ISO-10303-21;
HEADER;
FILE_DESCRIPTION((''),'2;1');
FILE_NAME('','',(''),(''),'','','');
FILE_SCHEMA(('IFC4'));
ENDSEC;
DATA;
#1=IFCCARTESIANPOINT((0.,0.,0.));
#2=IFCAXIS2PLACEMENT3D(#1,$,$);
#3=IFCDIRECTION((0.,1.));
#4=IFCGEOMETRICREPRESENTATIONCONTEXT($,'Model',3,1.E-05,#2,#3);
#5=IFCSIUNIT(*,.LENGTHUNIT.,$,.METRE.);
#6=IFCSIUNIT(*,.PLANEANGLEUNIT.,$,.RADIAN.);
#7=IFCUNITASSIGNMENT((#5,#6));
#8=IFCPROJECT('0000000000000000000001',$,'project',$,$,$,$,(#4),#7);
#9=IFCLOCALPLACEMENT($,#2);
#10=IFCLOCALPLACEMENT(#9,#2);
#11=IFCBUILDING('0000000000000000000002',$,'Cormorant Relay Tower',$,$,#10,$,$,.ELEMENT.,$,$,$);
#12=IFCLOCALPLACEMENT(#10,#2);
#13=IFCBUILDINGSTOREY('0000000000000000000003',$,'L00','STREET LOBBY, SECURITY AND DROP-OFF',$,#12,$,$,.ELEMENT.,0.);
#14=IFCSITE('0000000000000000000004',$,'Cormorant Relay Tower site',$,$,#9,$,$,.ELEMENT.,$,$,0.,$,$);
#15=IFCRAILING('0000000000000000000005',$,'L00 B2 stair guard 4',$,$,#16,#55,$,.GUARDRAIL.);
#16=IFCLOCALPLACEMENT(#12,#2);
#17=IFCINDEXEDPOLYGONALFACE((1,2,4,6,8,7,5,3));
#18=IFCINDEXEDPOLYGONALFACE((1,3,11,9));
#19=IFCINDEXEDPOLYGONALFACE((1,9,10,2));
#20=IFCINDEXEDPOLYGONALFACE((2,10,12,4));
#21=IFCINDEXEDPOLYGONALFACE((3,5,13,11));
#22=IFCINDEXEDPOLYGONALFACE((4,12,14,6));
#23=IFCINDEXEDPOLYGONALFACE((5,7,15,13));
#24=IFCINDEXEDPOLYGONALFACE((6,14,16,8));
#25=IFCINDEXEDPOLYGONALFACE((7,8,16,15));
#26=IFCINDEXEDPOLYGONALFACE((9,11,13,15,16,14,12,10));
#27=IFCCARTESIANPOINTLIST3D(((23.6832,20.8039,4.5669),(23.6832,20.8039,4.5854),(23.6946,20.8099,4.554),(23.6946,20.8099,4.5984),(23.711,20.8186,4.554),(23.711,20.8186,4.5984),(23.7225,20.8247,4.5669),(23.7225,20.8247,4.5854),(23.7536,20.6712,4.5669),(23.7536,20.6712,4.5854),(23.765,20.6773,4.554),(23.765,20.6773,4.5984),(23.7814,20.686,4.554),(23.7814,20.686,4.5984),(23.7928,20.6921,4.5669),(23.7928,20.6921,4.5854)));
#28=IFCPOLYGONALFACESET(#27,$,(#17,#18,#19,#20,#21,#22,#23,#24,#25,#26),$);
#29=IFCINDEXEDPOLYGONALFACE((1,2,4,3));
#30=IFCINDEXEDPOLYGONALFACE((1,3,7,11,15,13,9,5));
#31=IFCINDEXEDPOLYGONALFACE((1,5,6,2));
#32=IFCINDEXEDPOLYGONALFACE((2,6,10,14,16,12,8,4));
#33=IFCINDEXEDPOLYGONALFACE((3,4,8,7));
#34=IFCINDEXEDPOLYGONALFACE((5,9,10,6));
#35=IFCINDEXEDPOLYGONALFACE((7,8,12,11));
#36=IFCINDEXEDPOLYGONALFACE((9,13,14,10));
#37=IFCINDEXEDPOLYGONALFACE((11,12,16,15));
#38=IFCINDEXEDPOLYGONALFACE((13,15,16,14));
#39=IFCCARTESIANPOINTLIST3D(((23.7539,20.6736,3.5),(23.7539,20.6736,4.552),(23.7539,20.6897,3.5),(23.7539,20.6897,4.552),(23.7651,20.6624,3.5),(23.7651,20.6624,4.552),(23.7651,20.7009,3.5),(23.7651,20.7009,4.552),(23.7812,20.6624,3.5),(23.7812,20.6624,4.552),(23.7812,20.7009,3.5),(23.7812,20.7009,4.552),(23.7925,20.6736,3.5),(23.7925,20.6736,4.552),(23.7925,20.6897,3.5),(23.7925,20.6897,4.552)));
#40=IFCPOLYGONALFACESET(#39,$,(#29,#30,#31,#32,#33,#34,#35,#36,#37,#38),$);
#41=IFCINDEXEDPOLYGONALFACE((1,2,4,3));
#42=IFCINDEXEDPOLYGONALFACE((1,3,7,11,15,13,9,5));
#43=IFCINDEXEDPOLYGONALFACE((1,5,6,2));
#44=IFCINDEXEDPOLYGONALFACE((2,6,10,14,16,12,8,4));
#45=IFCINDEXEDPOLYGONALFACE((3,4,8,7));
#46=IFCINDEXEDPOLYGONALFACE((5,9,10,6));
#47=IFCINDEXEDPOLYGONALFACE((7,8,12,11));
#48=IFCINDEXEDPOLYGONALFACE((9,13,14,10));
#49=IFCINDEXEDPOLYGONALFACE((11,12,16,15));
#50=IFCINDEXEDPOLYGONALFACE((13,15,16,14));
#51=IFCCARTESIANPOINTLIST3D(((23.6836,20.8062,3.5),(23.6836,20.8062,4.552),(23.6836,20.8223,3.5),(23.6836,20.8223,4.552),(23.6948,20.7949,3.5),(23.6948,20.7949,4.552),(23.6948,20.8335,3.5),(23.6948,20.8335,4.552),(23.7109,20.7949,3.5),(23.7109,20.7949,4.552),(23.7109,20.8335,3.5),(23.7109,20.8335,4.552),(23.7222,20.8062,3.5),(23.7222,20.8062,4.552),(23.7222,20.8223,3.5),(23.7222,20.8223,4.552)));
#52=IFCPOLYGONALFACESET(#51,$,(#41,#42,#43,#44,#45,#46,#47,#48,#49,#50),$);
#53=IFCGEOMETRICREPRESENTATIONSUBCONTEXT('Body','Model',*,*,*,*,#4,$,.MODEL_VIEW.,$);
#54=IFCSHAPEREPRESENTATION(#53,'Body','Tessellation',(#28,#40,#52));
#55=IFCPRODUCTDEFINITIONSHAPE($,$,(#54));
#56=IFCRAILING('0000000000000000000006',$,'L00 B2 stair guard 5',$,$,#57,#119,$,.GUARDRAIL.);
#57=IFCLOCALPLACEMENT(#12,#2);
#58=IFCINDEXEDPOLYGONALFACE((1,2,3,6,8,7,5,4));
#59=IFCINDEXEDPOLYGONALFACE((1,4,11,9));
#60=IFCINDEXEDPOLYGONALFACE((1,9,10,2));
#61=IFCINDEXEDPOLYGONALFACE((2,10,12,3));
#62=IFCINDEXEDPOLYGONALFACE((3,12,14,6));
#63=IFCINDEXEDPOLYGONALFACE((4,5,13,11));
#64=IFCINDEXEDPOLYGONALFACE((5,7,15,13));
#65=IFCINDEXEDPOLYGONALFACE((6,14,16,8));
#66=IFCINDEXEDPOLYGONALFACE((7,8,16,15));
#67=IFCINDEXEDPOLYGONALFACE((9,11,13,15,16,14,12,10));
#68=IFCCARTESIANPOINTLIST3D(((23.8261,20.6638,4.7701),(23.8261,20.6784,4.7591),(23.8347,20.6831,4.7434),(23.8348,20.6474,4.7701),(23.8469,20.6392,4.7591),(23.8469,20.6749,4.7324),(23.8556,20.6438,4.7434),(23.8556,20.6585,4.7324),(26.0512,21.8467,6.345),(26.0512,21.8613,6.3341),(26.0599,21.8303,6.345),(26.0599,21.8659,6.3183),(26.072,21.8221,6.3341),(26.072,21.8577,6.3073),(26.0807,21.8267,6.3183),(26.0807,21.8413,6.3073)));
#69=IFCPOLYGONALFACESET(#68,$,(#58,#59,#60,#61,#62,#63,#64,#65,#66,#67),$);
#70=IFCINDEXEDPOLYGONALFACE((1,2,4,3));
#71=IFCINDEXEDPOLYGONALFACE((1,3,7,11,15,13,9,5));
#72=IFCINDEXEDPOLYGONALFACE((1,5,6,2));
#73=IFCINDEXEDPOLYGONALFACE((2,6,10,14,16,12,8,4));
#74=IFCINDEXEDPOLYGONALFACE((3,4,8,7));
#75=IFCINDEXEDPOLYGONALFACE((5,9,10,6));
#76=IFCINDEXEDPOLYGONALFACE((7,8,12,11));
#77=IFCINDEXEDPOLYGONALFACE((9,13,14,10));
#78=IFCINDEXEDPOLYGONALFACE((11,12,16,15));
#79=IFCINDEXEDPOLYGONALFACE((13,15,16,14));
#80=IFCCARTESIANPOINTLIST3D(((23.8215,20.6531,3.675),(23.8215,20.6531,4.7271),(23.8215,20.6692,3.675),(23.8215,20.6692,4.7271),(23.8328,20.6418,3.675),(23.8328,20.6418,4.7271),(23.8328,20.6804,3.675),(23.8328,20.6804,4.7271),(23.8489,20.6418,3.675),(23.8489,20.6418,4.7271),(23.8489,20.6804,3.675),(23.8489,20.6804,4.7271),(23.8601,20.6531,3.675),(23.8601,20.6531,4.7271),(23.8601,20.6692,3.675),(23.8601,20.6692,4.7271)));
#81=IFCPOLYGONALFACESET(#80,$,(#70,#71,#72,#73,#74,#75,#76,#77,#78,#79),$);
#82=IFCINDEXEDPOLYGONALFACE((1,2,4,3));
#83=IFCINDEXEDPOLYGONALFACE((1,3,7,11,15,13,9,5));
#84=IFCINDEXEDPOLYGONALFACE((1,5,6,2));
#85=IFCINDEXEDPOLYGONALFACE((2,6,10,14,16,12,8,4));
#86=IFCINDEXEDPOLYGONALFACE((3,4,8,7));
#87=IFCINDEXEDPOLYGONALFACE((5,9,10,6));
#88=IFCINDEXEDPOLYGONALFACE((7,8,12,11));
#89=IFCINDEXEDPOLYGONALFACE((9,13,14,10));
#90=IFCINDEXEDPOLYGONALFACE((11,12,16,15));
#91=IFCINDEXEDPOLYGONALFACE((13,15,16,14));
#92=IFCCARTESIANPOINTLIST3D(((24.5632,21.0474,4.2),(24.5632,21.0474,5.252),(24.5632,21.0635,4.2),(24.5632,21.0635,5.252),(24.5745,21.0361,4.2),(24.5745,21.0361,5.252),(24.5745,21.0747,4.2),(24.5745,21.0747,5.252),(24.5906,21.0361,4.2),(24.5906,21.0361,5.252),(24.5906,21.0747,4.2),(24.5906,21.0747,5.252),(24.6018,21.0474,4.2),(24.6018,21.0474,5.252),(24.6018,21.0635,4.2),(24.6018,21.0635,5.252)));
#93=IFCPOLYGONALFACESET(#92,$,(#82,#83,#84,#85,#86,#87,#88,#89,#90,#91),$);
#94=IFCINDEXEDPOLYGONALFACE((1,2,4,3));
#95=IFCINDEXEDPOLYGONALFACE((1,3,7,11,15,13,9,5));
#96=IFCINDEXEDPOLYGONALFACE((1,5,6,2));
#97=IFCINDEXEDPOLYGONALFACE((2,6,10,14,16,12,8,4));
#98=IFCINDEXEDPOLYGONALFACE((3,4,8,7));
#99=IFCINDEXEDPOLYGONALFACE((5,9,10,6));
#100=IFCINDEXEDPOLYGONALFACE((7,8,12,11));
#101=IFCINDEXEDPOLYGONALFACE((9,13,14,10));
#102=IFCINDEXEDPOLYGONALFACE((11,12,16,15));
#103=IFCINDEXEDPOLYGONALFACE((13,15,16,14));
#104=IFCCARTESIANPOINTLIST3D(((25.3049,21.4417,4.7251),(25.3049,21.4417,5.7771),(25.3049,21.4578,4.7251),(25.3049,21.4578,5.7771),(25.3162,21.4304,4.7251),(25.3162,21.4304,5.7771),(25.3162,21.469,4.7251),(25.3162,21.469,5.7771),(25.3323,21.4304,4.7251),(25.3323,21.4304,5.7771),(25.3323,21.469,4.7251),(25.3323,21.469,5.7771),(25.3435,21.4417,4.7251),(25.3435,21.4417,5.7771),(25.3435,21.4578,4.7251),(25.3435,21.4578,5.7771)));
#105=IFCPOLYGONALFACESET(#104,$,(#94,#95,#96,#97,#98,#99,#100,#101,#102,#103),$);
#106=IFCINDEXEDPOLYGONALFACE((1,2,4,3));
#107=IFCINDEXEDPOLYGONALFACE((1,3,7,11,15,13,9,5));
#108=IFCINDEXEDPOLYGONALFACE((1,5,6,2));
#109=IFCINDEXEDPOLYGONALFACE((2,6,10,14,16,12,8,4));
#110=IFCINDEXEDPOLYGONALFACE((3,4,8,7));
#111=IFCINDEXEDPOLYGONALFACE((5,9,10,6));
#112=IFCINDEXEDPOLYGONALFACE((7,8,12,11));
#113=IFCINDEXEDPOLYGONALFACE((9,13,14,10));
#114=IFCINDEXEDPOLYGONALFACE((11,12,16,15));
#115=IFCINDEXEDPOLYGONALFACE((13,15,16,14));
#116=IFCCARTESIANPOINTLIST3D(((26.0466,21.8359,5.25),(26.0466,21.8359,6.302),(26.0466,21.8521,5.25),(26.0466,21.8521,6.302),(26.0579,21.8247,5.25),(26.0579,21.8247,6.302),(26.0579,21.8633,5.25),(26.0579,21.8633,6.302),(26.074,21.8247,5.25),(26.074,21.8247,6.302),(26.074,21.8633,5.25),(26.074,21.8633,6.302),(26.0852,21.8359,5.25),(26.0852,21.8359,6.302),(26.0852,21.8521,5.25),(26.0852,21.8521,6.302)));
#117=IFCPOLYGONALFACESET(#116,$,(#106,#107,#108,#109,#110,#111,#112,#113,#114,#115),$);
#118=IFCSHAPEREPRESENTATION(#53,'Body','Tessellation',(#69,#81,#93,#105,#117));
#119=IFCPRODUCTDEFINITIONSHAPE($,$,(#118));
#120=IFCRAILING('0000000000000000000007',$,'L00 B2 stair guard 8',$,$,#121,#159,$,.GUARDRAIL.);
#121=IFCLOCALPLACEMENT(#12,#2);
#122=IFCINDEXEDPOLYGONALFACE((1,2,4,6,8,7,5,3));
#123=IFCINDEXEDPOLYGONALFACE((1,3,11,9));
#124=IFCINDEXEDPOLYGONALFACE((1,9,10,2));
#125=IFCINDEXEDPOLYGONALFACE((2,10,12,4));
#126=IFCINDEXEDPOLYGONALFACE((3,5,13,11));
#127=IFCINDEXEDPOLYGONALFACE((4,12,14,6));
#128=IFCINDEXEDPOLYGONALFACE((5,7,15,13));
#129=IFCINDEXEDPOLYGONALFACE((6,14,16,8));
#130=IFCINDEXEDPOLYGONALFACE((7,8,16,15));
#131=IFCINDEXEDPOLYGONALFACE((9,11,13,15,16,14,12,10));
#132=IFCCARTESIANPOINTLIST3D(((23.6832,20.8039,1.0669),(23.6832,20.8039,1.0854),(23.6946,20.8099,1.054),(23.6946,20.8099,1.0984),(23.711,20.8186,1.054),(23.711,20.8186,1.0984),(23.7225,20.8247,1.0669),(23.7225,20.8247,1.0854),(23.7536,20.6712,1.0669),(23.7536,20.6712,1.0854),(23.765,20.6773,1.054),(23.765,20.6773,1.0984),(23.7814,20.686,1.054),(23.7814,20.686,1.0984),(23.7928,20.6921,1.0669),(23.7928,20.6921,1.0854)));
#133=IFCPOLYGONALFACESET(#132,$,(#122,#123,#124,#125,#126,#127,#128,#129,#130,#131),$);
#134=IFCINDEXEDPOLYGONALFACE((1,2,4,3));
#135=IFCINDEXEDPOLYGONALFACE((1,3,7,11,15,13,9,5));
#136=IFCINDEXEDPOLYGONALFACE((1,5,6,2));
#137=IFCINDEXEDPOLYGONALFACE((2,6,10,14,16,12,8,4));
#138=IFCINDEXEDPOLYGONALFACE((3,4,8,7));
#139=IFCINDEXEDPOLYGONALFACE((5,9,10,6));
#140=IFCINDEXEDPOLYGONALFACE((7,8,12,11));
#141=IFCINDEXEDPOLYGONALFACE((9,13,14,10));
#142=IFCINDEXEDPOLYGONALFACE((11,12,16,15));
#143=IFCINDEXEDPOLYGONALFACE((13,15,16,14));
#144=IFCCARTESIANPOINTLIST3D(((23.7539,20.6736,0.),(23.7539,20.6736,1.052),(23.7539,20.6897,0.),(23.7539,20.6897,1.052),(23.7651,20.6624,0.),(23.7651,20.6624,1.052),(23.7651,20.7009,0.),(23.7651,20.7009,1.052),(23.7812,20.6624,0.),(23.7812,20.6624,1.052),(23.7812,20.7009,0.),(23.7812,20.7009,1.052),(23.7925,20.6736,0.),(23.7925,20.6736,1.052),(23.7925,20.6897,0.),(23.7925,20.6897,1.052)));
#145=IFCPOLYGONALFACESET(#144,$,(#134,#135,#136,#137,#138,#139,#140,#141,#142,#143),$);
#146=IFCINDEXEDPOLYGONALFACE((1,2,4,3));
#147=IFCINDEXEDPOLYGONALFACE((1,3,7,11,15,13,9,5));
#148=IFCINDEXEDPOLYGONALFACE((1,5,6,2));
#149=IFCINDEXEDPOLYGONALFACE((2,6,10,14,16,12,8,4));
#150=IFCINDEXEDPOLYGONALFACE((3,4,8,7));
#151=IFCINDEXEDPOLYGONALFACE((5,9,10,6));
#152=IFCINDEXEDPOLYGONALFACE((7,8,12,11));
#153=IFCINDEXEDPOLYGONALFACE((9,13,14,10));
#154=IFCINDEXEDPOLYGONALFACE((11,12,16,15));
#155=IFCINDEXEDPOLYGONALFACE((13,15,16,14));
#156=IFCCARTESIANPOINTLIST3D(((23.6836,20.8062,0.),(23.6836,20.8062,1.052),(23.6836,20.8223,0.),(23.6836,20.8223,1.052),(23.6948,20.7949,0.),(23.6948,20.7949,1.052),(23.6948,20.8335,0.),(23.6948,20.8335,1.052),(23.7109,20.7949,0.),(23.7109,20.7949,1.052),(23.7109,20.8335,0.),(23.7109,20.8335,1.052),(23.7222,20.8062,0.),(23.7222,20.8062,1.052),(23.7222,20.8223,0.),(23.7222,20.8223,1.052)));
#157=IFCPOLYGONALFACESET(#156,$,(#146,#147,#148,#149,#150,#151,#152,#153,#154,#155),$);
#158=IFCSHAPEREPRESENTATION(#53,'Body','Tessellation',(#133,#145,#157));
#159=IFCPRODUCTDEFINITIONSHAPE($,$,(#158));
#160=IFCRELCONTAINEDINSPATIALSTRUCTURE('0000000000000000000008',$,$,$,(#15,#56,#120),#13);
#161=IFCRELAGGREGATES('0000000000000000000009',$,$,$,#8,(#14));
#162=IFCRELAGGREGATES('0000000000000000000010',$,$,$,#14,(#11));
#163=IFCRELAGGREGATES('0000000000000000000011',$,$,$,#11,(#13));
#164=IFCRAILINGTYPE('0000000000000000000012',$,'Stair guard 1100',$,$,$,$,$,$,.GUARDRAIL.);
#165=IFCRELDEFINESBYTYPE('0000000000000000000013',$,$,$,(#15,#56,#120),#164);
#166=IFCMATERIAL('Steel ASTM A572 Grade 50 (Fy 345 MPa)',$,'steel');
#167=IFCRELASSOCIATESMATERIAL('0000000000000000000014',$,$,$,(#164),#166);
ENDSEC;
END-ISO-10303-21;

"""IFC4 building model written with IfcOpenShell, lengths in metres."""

from ifc_helpers import new_model, si_unit, direction, frame, origin, place, context, subcontext, project, spatial, polyline, outline, extrude, material, type_object, element, save


model = new_model("IFC4")

# Units and contexts
model_context = context("Model", 3, precision=1e-05, world=origin(), true_north=direction((0.0, 1.0)))
body_context = subcontext(model_context, "Body", "Model", "MODEL_VIEW")
ifc_project = project(units=[si_unit("LENGTHUNIT", "METRE"), si_unit("PLANEANGLEUNIT", "RADIAN")], contexts=[model_context])

# Site, building, storey
site_placement = place(None, origin())
site = spatial("IfcSite", under=ifc_project, at=site_placement, Name="Cormorant Relay Tower site", CompositionType="ELEMENT", RefElevation=0.0)
building_placement = place(site_placement, origin())
building = spatial("IfcBuilding", under=site, at=building_placement, Name="Cormorant Relay Tower", CompositionType="ELEMENT")
storey_placement = place(building_placement, origin())
storey = spatial("IfcBuildingStorey", under=building, at=storey_placement, Name="L00", Description="STREET LOBBY, SECURITY AND DROP-OFF", CompositionType="ELEMENT", Elevation=0.0)

# Railings
ifc_material_1 = material(Name="Steel ASTM A572 Grade 50 (Fy 345 MPa)", Category="steel")
railing_type = type_object("IfcRailingType", Name="Stair guard 1100", PredefinedType="GUARDRAIL", material=ifc_material_1)
railing_1_placement = place(storey_placement, frame((23.7732, 20.6816, 3.5)))
element("IfcRailing", 1, at=railing_1_placement, inside=storey, type_object=railing_type, Name="L00 B2 stair guard 4", PredefinedType="GUARDRAIL", context=body_context, shape_type="SweptSolid", body=[
    extrude(outline(polyline([(0.0222, 0.0093), (0.0093, 0.0222), (-0.0093, 0.0222), (-0.0222, 0.0093), (-0.0222, -0.0093), (-0.0093, -0.0222), (0.0093, -0.0222), (0.0222, -0.0093), (0.0222, 0.0093)])), frame((0.0, 0.0, 1.0762), z_axis=(-0.46856, 0.883431, 0.0), x_axis=(-0.883431, -0.46856, 0.0)), (0.0, 0.0, 1.0), 0.1501),
    extrude(outline(polyline([(0.0193, 0.0081), (0.0081, 0.0193), (-0.0081, 0.0193), (-0.0193, 0.0081), (-0.0193, -0.0081), (-0.0081, -0.0193), (0.0081, -0.0193), (0.0193, -0.0081), (0.0193, 0.0081)])), origin(), (0.0, 0.0, 1.0), 1.052),
    extrude(outline(polyline([(0.0193, 0.0081), (0.0081, 0.0193), (-0.0081, 0.0193), (-0.0193, 0.0081), (-0.0193, -0.0081), (-0.0081, -0.0193), (0.0081, -0.0193), (0.0193, -0.0081), (0.0193, 0.0081)])), frame((-0.0703, 0.1326, 0.0)), (0.0, 0.0, 1.0), 1.052),
])
railing_2_placement = place(storey_placement, frame((23.8408, 20.6611, 3.675)))
element("IfcRailing", 2, at=railing_2_placement, inside=storey, type_object=railing_type, Name="L00 B2 stair guard 5", PredefinedType="GUARDRAIL", context=body_context, shape_type="SweptSolid", body=[
    extrude(outline(polyline([(0.0222, 0.0093), (0.0093, 0.0222), (-0.0093, 0.0222), (-0.0222, 0.0093), (-0.0222, -0.0093), (-0.0093, -0.0222), (0.0093, -0.0222), (0.0222, -0.0093), (0.0222, 0.0093)])), frame((0.0, 0.0, 1.0762), z_axis=(0.748776, 0.398049, 0.529993), x_axis=(-0.469396, 0.882988, 0.0)), (0.0, 0.0, 1.0), 2.9717),
    extrude(outline(polyline([(0.0193, 0.0081), (0.0081, 0.0193), (-0.0081, 0.0193), (-0.0193, 0.0081), (-0.0193, -0.0081), (-0.0081, -0.0193), (0.0081, -0.0193), (0.0193, -0.0081), (0.0193, 0.0081)])), origin(), (0.0, 0.0, 1.0), 1.052),
    extrude(outline(polyline([(0.0193, 0.0081), (0.0081, 0.0193), (-0.0081, 0.0193), (-0.0193, 0.0081), (-0.0193, -0.0081), (-0.0081, -0.0193), (0.0081, -0.0193), (0.0193, -0.0081), (0.0193, 0.0081)])), frame((0.7417, 0.3943, 0.5249)), (0.0, 0.0, 1.0), 1.052),
    extrude(outline(polyline([(0.0193, 0.0081), (0.0081, 0.0193), (-0.0081, 0.0193), (-0.0193, 0.0081), (-0.0193, -0.0081), (-0.0081, -0.0193), (0.0081, -0.0193), (0.0193, -0.0081), (0.0193, 0.0081)])), frame((1.4834, 0.7886, 1.05)), (0.0, 0.0, 1.0), 1.052),
    extrude(outline(polyline([(0.0193, 0.0081), (0.0081, 0.0193), (-0.0081, 0.0193), (-0.0193, 0.0081), (-0.0193, -0.0081), (-0.0081, -0.0193), (0.0081, -0.0193), (0.0193, -0.0081), (0.0193, 0.0081)])), frame((2.2251, 1.1829, 1.575)), (0.0, 0.0, 1.0), 1.052),
])
railing_3_placement = place(storey_placement, frame((23.7732, 20.6816, 0.0)))
element("IfcRailing", 3, at=railing_3_placement, inside=storey, type_object=railing_type, Name="L00 B2 stair guard 8", PredefinedType="GUARDRAIL", context=body_context, shape_type="SweptSolid", body=[
    extrude(outline(polyline([(0.0222, 0.0093), (0.0093, 0.0222), (-0.0093, 0.0222), (-0.0222, 0.0093), (-0.0222, -0.0093), (-0.0093, -0.0222), (0.0093, -0.0222), (0.0222, -0.0093), (0.0222, 0.0093)])), frame((0.0, 0.0, 1.0762), z_axis=(-0.46856, 0.883431, 0.0), x_axis=(-0.883431, -0.46856, 0.0)), (0.0, 0.0, 1.0), 0.1501),
    extrude(outline(polyline([(0.0193, 0.0081), (0.0081, 0.0193), (-0.0081, 0.0193), (-0.0193, 0.0081), (-0.0193, -0.0081), (-0.0081, -0.0193), (0.0081, -0.0193), (0.0193, -0.0081), (0.0193, 0.0081)])), origin(), (0.0, 0.0, 1.0), 1.052),
    extrude(outline(polyline([(0.0193, 0.0081), (0.0081, 0.0193), (-0.0081, 0.0193), (-0.0193, 0.0081), (-0.0193, -0.0081), (-0.0081, -0.0193), (0.0081, -0.0193), (0.0193, -0.0081), (0.0193, 0.0081)])), frame((-0.0703, 0.1326, 0.0)), (0.0, 0.0, 1.0), 1.052),
])

save(model, "model.ifc")
